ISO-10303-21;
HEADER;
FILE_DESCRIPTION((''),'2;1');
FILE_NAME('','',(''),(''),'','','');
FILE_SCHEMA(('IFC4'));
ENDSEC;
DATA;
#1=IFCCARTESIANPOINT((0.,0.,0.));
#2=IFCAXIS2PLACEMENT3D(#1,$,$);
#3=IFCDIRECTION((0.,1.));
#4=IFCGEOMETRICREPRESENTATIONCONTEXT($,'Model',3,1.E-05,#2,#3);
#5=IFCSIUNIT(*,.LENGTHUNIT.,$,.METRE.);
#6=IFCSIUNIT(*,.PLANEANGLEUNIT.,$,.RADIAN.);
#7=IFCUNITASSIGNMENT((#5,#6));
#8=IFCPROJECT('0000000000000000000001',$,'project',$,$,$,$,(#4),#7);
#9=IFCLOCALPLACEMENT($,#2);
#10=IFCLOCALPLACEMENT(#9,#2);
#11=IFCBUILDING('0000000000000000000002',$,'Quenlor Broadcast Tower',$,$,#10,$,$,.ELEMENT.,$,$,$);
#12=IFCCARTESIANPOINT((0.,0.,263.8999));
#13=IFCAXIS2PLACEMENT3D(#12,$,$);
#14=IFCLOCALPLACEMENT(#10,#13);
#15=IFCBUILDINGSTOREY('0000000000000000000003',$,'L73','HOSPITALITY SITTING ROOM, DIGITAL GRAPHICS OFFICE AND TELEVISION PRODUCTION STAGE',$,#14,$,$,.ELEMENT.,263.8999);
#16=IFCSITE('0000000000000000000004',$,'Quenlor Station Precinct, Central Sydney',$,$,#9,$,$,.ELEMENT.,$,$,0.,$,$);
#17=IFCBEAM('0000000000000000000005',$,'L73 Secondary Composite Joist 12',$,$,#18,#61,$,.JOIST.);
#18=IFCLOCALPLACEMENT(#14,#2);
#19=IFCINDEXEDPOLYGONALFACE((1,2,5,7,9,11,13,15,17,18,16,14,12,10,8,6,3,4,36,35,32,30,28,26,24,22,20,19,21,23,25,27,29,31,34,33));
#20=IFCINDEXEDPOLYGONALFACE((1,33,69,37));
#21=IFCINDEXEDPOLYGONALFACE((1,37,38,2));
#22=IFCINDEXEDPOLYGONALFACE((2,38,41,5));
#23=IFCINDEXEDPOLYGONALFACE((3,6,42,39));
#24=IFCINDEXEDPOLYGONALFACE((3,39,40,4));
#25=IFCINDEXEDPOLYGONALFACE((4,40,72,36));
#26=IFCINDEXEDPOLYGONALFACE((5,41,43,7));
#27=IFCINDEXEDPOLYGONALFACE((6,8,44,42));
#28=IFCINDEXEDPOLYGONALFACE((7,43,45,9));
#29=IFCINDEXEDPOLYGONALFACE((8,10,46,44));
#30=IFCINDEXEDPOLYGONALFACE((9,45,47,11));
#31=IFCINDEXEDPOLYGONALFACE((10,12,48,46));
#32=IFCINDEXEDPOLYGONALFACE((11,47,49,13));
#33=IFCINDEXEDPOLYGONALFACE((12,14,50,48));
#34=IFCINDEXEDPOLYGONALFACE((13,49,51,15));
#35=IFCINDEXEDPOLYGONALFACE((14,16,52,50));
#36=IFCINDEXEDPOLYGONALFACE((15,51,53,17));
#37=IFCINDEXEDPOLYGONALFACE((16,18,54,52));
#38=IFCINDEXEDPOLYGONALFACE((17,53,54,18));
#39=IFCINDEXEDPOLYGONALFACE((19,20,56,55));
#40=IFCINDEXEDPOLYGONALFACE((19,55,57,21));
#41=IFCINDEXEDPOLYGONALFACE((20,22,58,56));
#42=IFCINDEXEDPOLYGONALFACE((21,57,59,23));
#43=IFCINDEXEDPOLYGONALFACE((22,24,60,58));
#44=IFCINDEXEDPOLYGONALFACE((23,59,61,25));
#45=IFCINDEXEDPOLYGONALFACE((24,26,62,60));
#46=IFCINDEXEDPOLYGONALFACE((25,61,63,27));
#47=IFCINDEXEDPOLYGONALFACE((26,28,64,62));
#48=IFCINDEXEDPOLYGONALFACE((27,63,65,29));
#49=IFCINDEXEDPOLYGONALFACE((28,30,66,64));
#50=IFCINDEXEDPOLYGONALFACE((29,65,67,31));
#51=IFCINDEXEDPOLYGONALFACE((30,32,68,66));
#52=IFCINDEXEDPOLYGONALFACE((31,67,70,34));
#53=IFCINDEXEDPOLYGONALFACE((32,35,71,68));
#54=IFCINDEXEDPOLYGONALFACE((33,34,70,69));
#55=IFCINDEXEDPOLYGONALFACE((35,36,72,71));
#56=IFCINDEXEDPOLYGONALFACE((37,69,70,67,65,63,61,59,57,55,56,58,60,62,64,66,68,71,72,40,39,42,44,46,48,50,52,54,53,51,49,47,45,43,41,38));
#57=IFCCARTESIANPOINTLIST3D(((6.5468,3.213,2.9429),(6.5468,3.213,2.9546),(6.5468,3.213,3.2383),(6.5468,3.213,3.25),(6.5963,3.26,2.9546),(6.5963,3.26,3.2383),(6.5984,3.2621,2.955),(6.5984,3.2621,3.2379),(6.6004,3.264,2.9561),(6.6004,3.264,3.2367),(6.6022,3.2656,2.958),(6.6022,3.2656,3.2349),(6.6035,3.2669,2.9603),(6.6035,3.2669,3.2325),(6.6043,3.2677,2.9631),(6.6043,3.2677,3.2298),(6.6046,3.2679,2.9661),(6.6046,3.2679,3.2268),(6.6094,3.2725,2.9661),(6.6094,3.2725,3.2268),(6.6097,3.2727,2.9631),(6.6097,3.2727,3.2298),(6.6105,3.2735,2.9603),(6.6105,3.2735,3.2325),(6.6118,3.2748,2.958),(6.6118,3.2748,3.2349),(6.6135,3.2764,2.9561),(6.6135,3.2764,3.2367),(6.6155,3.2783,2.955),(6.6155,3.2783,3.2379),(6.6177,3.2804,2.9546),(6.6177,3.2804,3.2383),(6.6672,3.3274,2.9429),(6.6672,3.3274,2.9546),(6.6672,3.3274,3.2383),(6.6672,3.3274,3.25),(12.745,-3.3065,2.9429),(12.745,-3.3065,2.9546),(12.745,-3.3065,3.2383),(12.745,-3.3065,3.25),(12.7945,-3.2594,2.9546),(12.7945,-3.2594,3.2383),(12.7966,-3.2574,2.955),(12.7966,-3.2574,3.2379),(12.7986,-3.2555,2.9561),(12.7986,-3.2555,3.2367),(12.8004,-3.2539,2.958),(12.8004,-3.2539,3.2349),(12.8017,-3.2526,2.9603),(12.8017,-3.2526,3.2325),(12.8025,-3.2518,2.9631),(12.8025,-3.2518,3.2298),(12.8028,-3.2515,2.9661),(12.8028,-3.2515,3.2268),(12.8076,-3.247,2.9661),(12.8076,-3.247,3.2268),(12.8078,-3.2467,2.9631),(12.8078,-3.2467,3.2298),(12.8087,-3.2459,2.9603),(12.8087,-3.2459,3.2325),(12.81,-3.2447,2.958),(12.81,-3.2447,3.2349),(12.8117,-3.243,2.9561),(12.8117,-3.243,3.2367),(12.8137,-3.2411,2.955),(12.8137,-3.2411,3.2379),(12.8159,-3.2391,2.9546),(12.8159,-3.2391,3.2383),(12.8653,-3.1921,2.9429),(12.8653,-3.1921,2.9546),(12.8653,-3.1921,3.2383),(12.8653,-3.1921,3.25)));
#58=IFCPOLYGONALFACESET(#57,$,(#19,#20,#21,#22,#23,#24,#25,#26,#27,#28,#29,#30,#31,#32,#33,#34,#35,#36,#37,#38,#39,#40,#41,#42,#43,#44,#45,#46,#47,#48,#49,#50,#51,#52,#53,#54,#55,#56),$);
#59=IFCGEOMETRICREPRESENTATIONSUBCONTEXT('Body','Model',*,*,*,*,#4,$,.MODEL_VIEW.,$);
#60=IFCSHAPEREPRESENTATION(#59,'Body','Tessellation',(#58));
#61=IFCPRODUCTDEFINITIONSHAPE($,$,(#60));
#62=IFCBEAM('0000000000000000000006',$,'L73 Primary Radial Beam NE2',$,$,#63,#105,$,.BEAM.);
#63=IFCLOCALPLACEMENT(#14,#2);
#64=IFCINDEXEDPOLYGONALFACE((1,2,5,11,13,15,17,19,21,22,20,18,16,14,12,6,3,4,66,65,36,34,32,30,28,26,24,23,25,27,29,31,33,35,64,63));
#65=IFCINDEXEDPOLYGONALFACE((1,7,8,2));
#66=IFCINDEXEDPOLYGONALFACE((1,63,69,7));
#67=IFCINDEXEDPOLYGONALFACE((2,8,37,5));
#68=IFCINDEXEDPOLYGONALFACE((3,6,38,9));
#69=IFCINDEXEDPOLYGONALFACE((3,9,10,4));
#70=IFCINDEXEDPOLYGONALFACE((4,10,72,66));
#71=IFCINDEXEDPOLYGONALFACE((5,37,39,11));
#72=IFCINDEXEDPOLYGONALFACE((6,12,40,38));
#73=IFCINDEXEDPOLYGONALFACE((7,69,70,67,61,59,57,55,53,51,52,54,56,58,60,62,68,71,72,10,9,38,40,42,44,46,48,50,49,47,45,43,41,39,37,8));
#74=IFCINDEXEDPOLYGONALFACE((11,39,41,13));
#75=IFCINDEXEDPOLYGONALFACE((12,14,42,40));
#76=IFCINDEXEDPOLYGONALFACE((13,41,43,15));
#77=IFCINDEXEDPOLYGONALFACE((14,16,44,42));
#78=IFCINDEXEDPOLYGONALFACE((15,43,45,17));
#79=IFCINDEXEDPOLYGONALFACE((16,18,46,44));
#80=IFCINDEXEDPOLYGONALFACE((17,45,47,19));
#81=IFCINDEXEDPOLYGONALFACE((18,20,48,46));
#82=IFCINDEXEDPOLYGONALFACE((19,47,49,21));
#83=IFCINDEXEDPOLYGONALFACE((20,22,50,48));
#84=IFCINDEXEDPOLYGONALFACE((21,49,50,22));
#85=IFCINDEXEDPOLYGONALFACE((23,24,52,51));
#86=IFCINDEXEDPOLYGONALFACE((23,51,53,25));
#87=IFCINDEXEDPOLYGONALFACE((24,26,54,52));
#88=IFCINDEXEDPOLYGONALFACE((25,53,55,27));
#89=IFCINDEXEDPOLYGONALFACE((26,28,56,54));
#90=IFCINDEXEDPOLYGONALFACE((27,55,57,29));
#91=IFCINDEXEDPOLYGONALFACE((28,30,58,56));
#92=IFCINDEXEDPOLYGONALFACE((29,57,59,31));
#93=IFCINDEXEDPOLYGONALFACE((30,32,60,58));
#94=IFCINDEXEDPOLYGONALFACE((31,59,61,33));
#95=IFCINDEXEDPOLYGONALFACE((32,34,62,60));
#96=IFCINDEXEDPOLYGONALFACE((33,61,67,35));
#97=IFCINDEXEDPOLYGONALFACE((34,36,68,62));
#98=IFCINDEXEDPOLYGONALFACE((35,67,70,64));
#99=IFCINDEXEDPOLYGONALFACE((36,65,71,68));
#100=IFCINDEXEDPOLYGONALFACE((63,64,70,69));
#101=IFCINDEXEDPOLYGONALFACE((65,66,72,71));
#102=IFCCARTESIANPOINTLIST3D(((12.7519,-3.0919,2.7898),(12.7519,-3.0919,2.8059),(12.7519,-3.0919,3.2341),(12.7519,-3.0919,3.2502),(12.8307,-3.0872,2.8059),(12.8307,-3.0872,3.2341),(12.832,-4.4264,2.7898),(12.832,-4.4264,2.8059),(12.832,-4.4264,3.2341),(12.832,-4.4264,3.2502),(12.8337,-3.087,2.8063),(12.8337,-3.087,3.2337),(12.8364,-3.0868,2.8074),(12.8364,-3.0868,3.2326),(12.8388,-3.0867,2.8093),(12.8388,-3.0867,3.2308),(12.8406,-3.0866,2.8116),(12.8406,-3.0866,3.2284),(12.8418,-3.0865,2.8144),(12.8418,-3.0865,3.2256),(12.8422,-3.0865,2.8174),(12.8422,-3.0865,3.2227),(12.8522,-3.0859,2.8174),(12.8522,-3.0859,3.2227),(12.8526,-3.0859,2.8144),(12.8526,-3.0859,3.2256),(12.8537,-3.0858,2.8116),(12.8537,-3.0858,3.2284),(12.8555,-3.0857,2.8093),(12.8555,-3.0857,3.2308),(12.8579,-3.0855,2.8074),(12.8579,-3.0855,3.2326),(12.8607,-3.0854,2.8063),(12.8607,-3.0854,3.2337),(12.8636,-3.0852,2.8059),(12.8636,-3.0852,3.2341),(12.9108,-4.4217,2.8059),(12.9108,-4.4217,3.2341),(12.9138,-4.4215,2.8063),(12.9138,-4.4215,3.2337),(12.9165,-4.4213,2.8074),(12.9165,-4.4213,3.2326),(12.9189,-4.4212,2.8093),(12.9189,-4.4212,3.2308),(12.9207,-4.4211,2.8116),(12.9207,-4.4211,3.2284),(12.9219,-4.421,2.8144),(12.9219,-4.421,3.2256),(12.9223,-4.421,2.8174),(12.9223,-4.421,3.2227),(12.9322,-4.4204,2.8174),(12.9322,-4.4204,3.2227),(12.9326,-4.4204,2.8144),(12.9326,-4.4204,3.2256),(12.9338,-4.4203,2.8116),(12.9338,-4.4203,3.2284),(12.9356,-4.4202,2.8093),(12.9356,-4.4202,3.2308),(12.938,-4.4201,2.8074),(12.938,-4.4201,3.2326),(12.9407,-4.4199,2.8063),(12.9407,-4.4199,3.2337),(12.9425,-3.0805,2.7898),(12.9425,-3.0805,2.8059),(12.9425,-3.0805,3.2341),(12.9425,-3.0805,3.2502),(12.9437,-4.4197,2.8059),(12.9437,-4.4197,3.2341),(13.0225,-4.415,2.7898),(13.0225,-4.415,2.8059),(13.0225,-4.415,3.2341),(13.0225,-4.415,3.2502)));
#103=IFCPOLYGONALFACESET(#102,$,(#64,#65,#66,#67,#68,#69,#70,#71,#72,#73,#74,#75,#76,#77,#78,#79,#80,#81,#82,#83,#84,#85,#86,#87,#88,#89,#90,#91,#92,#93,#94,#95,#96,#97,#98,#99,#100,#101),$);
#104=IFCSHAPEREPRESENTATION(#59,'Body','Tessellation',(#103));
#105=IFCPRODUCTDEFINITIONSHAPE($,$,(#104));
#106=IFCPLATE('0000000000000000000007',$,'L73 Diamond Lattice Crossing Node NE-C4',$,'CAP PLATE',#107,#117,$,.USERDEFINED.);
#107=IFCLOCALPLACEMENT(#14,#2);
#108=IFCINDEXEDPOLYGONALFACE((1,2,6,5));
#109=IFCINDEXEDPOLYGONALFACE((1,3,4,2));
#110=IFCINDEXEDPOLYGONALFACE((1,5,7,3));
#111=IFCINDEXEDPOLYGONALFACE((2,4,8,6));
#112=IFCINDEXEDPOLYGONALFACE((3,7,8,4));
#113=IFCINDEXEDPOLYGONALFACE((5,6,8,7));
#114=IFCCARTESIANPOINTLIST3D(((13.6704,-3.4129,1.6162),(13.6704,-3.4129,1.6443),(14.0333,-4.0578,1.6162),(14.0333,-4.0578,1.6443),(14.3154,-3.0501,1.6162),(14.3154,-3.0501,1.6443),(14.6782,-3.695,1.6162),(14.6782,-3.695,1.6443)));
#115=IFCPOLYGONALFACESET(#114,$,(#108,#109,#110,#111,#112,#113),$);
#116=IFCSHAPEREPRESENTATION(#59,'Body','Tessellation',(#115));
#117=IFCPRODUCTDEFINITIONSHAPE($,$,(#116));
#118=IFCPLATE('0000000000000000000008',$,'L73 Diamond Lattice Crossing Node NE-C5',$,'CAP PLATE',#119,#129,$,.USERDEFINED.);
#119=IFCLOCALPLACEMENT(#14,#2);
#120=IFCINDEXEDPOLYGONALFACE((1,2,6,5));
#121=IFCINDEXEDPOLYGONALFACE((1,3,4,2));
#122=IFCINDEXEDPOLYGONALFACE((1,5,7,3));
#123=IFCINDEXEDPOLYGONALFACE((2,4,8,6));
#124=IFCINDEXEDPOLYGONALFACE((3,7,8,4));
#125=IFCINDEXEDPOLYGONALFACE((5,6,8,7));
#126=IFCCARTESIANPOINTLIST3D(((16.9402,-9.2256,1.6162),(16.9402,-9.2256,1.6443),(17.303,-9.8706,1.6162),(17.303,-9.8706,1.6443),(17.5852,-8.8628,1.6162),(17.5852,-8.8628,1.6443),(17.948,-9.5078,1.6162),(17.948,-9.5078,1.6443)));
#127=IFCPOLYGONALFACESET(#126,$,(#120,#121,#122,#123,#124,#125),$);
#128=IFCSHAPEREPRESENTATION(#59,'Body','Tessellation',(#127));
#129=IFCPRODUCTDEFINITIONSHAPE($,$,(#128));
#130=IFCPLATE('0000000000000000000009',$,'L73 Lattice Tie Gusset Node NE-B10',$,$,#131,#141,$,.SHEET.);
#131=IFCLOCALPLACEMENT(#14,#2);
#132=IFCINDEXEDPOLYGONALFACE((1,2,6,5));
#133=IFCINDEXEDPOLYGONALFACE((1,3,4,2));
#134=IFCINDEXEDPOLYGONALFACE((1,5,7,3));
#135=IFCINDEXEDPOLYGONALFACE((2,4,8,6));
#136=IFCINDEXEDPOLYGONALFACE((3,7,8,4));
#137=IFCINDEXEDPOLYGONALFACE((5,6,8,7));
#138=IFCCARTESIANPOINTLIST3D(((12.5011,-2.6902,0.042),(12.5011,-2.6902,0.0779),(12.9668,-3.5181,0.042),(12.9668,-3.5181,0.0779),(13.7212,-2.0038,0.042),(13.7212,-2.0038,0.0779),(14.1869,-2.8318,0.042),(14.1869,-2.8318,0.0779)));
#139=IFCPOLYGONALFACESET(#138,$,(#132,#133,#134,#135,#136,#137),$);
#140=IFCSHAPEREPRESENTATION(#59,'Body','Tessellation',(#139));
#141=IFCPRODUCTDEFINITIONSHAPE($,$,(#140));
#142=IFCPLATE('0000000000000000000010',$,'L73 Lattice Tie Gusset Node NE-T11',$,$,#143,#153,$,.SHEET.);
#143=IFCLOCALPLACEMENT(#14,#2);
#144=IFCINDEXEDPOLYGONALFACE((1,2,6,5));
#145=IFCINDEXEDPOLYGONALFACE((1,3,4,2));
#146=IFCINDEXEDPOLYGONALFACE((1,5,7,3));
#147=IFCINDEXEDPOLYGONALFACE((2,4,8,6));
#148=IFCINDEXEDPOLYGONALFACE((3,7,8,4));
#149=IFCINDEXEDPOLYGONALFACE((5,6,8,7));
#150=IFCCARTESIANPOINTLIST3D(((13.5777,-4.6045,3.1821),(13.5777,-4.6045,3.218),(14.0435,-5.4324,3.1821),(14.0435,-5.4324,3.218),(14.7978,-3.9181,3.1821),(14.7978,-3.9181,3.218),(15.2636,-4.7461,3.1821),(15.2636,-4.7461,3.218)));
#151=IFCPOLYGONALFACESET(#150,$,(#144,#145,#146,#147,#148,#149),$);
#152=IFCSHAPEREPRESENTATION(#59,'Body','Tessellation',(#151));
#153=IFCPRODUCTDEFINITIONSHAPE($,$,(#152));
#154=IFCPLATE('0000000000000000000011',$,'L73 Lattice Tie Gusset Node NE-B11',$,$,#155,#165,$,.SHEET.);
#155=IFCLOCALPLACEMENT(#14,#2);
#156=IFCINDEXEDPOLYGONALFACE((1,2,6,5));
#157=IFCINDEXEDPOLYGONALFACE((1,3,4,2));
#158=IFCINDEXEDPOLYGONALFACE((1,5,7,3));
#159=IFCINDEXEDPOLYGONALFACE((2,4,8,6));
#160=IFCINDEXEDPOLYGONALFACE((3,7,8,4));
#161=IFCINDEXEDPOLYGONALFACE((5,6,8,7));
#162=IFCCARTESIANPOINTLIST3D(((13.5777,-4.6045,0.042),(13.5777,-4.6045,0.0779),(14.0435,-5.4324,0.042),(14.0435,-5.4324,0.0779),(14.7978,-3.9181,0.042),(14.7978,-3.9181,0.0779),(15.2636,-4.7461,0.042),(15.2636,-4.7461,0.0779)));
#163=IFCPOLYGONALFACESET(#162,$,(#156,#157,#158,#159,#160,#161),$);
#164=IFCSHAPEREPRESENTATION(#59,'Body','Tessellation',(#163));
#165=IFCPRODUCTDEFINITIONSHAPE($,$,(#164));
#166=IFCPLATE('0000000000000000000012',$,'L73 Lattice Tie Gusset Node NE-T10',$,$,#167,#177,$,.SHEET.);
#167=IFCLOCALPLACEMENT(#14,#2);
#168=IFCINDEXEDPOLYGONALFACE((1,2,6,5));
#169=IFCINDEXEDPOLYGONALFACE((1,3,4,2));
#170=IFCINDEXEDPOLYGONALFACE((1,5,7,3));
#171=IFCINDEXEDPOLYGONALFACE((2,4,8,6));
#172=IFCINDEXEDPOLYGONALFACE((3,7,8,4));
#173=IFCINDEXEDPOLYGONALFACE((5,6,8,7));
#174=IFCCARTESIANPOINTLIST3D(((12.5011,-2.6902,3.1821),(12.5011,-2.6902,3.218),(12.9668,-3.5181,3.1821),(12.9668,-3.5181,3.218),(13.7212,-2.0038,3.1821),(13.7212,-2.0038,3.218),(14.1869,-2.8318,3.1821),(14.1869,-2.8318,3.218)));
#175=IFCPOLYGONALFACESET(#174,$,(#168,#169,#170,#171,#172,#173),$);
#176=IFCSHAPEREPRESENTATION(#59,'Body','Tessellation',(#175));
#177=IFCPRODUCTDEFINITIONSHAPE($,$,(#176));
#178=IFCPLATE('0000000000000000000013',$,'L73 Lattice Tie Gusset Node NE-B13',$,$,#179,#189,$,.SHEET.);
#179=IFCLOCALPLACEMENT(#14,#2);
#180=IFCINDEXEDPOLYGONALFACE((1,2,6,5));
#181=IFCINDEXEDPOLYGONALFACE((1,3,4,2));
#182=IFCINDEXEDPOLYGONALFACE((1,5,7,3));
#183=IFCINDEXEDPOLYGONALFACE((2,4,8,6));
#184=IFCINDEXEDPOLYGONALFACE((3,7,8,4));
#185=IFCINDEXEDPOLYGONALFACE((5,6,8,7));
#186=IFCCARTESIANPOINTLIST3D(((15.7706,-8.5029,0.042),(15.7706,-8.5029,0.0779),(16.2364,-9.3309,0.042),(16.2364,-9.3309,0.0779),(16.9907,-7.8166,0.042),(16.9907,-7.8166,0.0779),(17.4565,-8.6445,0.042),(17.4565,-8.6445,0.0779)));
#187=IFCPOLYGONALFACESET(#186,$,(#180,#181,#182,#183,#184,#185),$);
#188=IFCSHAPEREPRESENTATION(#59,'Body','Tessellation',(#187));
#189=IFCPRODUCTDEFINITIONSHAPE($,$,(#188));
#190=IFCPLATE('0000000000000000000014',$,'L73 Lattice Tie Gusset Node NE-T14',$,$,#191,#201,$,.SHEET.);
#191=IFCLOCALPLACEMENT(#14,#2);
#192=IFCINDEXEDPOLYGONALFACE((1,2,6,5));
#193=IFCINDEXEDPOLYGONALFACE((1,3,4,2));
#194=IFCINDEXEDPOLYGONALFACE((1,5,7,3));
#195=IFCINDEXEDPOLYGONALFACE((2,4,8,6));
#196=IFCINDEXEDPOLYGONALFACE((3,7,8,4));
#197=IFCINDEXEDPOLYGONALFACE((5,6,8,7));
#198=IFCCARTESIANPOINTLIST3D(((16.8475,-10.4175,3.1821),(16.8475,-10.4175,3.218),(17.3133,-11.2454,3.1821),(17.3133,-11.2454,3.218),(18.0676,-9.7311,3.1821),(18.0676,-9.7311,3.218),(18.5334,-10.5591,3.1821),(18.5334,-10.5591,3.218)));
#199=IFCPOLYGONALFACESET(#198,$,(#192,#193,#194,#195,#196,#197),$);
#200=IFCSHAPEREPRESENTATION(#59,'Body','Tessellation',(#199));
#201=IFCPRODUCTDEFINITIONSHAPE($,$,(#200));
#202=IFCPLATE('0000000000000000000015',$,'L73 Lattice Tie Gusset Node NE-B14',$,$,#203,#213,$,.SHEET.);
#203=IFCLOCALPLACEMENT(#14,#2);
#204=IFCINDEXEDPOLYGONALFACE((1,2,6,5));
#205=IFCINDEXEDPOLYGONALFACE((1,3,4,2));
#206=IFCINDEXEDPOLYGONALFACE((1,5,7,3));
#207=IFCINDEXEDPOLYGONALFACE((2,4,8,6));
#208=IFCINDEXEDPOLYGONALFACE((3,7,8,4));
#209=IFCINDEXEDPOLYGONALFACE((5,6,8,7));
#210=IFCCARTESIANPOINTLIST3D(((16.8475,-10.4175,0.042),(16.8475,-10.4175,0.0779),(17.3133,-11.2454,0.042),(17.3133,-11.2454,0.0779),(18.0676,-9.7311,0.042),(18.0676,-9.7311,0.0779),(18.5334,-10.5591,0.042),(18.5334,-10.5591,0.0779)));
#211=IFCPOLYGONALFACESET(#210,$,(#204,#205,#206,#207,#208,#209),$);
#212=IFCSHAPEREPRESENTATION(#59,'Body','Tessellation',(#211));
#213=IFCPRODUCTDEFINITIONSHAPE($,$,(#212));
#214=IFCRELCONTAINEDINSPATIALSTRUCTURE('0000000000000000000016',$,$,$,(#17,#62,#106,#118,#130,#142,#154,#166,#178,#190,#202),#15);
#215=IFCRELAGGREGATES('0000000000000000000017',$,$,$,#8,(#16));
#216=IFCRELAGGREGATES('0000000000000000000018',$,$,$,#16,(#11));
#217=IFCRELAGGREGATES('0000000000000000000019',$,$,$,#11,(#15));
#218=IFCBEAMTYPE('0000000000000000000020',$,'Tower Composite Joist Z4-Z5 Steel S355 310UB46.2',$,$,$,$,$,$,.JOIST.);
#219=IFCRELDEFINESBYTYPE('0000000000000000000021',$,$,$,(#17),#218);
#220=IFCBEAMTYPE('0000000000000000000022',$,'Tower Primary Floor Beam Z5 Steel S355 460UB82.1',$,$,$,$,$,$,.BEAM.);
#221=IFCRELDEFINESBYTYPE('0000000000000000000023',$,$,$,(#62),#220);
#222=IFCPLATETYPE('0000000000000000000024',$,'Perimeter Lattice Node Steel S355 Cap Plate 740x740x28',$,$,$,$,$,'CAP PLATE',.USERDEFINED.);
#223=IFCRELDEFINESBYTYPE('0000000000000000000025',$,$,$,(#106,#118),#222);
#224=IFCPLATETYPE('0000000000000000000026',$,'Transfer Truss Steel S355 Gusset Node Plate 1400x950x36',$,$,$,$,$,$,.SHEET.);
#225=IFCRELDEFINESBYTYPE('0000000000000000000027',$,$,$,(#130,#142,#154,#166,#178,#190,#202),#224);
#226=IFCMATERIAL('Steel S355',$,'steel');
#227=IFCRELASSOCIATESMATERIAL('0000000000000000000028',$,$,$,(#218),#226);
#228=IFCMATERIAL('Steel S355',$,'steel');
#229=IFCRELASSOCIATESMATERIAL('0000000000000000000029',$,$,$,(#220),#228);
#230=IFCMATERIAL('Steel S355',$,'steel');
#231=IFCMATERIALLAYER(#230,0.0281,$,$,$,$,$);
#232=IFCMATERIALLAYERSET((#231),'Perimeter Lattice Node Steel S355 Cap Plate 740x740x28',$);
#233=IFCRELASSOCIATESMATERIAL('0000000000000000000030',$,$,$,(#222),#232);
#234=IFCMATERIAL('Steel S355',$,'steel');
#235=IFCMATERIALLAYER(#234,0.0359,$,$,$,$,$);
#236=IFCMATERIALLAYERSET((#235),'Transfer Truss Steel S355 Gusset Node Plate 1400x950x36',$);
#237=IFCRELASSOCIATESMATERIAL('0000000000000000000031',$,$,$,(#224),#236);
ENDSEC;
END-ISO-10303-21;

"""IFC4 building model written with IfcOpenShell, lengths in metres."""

from ifc_helpers import new_model, si_unit, direction, frame, origin, origin_2d, place, context, subcontext, project, spatial, rectangle, i_section, extrude, material, layer, layer_set, material_profile, profile_set, type_object, element, save


model = new_model("IFC4")

# Units and contexts
model_context = context("Model", 3, precision=1e-05, world=origin(), true_north=direction((0.0, 1.0)))
body_context = subcontext(model_context, "Body", "Model", "MODEL_VIEW")
ifc_project = project(units=[si_unit("LENGTHUNIT", "METRE"), si_unit("PLANEANGLEUNIT", "RADIAN")], contexts=[model_context])

# Site, building, storey
site_placement = place(None, origin())
site = spatial("IfcSite", under=ifc_project, at=site_placement, Name="Quenlor Station Precinct, Central Sydney", CompositionType="ELEMENT", RefElevation=0.0)
building_placement = place(site_placement, origin())
building = spatial("IfcBuilding", under=site, at=building_placement, Name="Quenlor Broadcast Tower", CompositionType="ELEMENT")
storey_placement = place(building_placement, frame((0.0, 0.0, 263.8999)))
storey = spatial("IfcBuildingStorey", under=building, at=storey_placement, Name="L73", Description="HOSPITALITY SITTING ROOM, DIGITAL GRAPHICS OFFICE AND TELEVISION PRODUCTION STAGE", CompositionType="ELEMENT", Elevation=263.8999)

# Beams
ifc_material_1 = material(Name="Steel S355", Category="steel")
ifc_material_profile_1 = material_profile(ifc_material_1, i_section(OverallWidth=0.166, OverallDepth=0.3071, WebThickness=0.0066, FlangeThickness=0.0117, FilletRadius=0.0115, at=origin_2d()))
ifc_profile_set_1 = profile_set([ifc_material_profile_1], Name="Steel S355 310UB46.2")
beam_type_1 = type_object("IfcBeamType", Name="Tower Composite Joist Z4-Z5 Steel S355 310UB46.2", PredefinedType="JOIST", material=ifc_profile_set_1)
beam_1_placement = place(storey_placement, frame((12.8052, -3.2493, 3.0964), z_axis=(-0.689023, 0.724739, 0.0), x_axis=(-0.724739, -0.689023, 0.0)))
element("IfcBeam", 1, at=beam_1_placement, inside=storey, type_object=beam_type_1, Name="L73 Secondary Composite Joist 12", PredefinedType="JOIST", context=body_context, shape_type="SweptSolid", body=[
    extrude(i_section(OverallWidth=0.166, OverallDepth=0.3071, WebThickness=0.0066, FlangeThickness=0.0117, FilletRadius=0.0115, at=origin_2d()), origin(), (0.0, 0.0, 1.0), 8.9956),
])
ifc_material_2 = material(Name="Steel S355", Category="steel")
ifc_material_profile_2 = material_profile(ifc_material_2, i_section(OverallWidth=0.1909, OverallDepth=0.4604, WebThickness=0.01, FlangeThickness=0.0161, FilletRadius=0.0115, at=origin_2d()))
ifc_profile_set_2 = profile_set([ifc_material_profile_2], Name="Steel S355 460UB82.1")
beam_type_2 = type_object("IfcBeamType", Name="Tower Primary Floor Beam Z5 Steel S355 460UB82.1", PredefinedType="BEAM", material=ifc_profile_set_2)
beam_2_placement = place(storey_placement, frame((12.8472, -3.0862, 3.02), z_axis=(0.0599, -0.998204, 0.0), x_axis=(0.998204, 0.0599, 0.0)))
element("IfcBeam", 2, at=beam_2_placement, inside=storey, type_object=beam_type_2, Name="L73 Primary Radial Beam NE2", PredefinedType="BEAM", context=body_context, shape_type="SweptSolid", body=[
    extrude(i_section(OverallWidth=0.1909, OverallDepth=0.4604, WebThickness=0.01, FlangeThickness=0.0161, FilletRadius=0.0115, at=origin_2d()), origin(), (0.0, 0.0, 1.0), 1.3369),
])

# Plates
ifc_material_3 = material(Name="Steel S355", Category="steel")
ifc_layer_1 = layer(ifc_material_3, 0.0281)
ifc_layer_set_1 = layer_set([ifc_layer_1], Name="Perimeter Lattice Node Steel S355 Cap Plate 740x740x28")
plate_type_1 = type_object("IfcPlateType", Name="Perimeter Lattice Node Steel S355 Cap Plate 740x740x28", ElementType="CAP PLATE", PredefinedType="USERDEFINED", material=ifc_layer_set_1)
for number, where, z_axis, x_axis, name in (
    (3, (14.1743, -3.554, 1.6162), (0.0, 0.0, 1.0), (0.490295, -0.871556, 0.0), "L73 Diamond Lattice Crossing Node NE-C4"),
    (4, (17.4441, -9.3667, 1.6162), (0.0, 0.0, 1.0), (0.490295, -0.871556, 0.0), "L73 Diamond Lattice Crossing Node NE-C5"),
):
    element("IfcPlate", number, at=place(storey_placement, frame(where, z_axis=z_axis, x_axis=x_axis)), inside=storey, type_object=plate_type_1, Name=name, ObjectType="CAP PLATE", PredefinedType="USERDEFINED", context=body_context, shape_type="SweptSolid", body=[
        extrude(rectangle(XDim=0.74, YDim=0.74, at=origin_2d()), origin(), (0.0, 0.0, 1.0), 0.0281),
    ])
ifc_material_4 = material(Name="Steel S355", Category="steel")
ifc_layer_2 = layer(ifc_material_4, 0.0359)
ifc_layer_set_2 = layer_set([ifc_layer_2], Name="Transfer Truss Steel S355 Gusset Node Plate 1400x950x36")
plate_type_2 = type_object("IfcPlateType", Name="Transfer Truss Steel S355 Gusset Node Plate 1400x950x36", PredefinedType="SHEET", material=ifc_layer_set_2)
for number, where, z_axis, x_axis, name in (
    (5, (13.344, -2.761, 0.042), (0.0, 0.0, 1.0), (0.871556, 0.490295, 0.0), "L73 Lattice Tie Gusset Node NE-B10"),
    (6, (14.4207, -4.6753, 3.1821), (0.0, 0.0, 1.0), (0.871556, 0.490295, 0.0), "L73 Lattice Tie Gusset Node NE-T11"),
    (7, (14.4207, -4.6753, 0.042), (0.0, 0.0, 1.0), (0.871556, 0.490295, 0.0), "L73 Lattice Tie Gusset Node NE-B11"),
    (8, (13.344, -2.761, 3.1821), (0.0, 0.0, 1.0), (0.871556, 0.490295, 0.0), "L73 Lattice Tie Gusset Node NE-T10"),
    (9, (16.6135, -8.5737, 0.042), (0.0, 0.0, 1.0), (0.871556, 0.490295, 0.0), "L73 Lattice Tie Gusset Node NE-B13"),
    (10, (17.6904, -10.4883, 3.1821), (0.0, 0.0, 1.0), (0.871556, 0.490295, 0.0), "L73 Lattice Tie Gusset Node NE-T14"),
    (11, (17.6904, -10.4883, 0.042), (0.0, 0.0, 1.0), (0.871556, 0.490295, 0.0), "L73 Lattice Tie Gusset Node NE-B14"),
):
    element("IfcPlate", number, at=place(storey_placement, frame(where, z_axis=z_axis, x_axis=x_axis)), inside=storey, type_object=plate_type_2, Name=name, PredefinedType="SHEET", context=body_context, shape_type="SweptSolid", body=[
        extrude(rectangle(XDim=1.3999, YDim=0.95, at=origin_2d()), origin(), (0.0, 0.0, 1.0), 0.0359),
    ])

save(model, "model.ifc")
